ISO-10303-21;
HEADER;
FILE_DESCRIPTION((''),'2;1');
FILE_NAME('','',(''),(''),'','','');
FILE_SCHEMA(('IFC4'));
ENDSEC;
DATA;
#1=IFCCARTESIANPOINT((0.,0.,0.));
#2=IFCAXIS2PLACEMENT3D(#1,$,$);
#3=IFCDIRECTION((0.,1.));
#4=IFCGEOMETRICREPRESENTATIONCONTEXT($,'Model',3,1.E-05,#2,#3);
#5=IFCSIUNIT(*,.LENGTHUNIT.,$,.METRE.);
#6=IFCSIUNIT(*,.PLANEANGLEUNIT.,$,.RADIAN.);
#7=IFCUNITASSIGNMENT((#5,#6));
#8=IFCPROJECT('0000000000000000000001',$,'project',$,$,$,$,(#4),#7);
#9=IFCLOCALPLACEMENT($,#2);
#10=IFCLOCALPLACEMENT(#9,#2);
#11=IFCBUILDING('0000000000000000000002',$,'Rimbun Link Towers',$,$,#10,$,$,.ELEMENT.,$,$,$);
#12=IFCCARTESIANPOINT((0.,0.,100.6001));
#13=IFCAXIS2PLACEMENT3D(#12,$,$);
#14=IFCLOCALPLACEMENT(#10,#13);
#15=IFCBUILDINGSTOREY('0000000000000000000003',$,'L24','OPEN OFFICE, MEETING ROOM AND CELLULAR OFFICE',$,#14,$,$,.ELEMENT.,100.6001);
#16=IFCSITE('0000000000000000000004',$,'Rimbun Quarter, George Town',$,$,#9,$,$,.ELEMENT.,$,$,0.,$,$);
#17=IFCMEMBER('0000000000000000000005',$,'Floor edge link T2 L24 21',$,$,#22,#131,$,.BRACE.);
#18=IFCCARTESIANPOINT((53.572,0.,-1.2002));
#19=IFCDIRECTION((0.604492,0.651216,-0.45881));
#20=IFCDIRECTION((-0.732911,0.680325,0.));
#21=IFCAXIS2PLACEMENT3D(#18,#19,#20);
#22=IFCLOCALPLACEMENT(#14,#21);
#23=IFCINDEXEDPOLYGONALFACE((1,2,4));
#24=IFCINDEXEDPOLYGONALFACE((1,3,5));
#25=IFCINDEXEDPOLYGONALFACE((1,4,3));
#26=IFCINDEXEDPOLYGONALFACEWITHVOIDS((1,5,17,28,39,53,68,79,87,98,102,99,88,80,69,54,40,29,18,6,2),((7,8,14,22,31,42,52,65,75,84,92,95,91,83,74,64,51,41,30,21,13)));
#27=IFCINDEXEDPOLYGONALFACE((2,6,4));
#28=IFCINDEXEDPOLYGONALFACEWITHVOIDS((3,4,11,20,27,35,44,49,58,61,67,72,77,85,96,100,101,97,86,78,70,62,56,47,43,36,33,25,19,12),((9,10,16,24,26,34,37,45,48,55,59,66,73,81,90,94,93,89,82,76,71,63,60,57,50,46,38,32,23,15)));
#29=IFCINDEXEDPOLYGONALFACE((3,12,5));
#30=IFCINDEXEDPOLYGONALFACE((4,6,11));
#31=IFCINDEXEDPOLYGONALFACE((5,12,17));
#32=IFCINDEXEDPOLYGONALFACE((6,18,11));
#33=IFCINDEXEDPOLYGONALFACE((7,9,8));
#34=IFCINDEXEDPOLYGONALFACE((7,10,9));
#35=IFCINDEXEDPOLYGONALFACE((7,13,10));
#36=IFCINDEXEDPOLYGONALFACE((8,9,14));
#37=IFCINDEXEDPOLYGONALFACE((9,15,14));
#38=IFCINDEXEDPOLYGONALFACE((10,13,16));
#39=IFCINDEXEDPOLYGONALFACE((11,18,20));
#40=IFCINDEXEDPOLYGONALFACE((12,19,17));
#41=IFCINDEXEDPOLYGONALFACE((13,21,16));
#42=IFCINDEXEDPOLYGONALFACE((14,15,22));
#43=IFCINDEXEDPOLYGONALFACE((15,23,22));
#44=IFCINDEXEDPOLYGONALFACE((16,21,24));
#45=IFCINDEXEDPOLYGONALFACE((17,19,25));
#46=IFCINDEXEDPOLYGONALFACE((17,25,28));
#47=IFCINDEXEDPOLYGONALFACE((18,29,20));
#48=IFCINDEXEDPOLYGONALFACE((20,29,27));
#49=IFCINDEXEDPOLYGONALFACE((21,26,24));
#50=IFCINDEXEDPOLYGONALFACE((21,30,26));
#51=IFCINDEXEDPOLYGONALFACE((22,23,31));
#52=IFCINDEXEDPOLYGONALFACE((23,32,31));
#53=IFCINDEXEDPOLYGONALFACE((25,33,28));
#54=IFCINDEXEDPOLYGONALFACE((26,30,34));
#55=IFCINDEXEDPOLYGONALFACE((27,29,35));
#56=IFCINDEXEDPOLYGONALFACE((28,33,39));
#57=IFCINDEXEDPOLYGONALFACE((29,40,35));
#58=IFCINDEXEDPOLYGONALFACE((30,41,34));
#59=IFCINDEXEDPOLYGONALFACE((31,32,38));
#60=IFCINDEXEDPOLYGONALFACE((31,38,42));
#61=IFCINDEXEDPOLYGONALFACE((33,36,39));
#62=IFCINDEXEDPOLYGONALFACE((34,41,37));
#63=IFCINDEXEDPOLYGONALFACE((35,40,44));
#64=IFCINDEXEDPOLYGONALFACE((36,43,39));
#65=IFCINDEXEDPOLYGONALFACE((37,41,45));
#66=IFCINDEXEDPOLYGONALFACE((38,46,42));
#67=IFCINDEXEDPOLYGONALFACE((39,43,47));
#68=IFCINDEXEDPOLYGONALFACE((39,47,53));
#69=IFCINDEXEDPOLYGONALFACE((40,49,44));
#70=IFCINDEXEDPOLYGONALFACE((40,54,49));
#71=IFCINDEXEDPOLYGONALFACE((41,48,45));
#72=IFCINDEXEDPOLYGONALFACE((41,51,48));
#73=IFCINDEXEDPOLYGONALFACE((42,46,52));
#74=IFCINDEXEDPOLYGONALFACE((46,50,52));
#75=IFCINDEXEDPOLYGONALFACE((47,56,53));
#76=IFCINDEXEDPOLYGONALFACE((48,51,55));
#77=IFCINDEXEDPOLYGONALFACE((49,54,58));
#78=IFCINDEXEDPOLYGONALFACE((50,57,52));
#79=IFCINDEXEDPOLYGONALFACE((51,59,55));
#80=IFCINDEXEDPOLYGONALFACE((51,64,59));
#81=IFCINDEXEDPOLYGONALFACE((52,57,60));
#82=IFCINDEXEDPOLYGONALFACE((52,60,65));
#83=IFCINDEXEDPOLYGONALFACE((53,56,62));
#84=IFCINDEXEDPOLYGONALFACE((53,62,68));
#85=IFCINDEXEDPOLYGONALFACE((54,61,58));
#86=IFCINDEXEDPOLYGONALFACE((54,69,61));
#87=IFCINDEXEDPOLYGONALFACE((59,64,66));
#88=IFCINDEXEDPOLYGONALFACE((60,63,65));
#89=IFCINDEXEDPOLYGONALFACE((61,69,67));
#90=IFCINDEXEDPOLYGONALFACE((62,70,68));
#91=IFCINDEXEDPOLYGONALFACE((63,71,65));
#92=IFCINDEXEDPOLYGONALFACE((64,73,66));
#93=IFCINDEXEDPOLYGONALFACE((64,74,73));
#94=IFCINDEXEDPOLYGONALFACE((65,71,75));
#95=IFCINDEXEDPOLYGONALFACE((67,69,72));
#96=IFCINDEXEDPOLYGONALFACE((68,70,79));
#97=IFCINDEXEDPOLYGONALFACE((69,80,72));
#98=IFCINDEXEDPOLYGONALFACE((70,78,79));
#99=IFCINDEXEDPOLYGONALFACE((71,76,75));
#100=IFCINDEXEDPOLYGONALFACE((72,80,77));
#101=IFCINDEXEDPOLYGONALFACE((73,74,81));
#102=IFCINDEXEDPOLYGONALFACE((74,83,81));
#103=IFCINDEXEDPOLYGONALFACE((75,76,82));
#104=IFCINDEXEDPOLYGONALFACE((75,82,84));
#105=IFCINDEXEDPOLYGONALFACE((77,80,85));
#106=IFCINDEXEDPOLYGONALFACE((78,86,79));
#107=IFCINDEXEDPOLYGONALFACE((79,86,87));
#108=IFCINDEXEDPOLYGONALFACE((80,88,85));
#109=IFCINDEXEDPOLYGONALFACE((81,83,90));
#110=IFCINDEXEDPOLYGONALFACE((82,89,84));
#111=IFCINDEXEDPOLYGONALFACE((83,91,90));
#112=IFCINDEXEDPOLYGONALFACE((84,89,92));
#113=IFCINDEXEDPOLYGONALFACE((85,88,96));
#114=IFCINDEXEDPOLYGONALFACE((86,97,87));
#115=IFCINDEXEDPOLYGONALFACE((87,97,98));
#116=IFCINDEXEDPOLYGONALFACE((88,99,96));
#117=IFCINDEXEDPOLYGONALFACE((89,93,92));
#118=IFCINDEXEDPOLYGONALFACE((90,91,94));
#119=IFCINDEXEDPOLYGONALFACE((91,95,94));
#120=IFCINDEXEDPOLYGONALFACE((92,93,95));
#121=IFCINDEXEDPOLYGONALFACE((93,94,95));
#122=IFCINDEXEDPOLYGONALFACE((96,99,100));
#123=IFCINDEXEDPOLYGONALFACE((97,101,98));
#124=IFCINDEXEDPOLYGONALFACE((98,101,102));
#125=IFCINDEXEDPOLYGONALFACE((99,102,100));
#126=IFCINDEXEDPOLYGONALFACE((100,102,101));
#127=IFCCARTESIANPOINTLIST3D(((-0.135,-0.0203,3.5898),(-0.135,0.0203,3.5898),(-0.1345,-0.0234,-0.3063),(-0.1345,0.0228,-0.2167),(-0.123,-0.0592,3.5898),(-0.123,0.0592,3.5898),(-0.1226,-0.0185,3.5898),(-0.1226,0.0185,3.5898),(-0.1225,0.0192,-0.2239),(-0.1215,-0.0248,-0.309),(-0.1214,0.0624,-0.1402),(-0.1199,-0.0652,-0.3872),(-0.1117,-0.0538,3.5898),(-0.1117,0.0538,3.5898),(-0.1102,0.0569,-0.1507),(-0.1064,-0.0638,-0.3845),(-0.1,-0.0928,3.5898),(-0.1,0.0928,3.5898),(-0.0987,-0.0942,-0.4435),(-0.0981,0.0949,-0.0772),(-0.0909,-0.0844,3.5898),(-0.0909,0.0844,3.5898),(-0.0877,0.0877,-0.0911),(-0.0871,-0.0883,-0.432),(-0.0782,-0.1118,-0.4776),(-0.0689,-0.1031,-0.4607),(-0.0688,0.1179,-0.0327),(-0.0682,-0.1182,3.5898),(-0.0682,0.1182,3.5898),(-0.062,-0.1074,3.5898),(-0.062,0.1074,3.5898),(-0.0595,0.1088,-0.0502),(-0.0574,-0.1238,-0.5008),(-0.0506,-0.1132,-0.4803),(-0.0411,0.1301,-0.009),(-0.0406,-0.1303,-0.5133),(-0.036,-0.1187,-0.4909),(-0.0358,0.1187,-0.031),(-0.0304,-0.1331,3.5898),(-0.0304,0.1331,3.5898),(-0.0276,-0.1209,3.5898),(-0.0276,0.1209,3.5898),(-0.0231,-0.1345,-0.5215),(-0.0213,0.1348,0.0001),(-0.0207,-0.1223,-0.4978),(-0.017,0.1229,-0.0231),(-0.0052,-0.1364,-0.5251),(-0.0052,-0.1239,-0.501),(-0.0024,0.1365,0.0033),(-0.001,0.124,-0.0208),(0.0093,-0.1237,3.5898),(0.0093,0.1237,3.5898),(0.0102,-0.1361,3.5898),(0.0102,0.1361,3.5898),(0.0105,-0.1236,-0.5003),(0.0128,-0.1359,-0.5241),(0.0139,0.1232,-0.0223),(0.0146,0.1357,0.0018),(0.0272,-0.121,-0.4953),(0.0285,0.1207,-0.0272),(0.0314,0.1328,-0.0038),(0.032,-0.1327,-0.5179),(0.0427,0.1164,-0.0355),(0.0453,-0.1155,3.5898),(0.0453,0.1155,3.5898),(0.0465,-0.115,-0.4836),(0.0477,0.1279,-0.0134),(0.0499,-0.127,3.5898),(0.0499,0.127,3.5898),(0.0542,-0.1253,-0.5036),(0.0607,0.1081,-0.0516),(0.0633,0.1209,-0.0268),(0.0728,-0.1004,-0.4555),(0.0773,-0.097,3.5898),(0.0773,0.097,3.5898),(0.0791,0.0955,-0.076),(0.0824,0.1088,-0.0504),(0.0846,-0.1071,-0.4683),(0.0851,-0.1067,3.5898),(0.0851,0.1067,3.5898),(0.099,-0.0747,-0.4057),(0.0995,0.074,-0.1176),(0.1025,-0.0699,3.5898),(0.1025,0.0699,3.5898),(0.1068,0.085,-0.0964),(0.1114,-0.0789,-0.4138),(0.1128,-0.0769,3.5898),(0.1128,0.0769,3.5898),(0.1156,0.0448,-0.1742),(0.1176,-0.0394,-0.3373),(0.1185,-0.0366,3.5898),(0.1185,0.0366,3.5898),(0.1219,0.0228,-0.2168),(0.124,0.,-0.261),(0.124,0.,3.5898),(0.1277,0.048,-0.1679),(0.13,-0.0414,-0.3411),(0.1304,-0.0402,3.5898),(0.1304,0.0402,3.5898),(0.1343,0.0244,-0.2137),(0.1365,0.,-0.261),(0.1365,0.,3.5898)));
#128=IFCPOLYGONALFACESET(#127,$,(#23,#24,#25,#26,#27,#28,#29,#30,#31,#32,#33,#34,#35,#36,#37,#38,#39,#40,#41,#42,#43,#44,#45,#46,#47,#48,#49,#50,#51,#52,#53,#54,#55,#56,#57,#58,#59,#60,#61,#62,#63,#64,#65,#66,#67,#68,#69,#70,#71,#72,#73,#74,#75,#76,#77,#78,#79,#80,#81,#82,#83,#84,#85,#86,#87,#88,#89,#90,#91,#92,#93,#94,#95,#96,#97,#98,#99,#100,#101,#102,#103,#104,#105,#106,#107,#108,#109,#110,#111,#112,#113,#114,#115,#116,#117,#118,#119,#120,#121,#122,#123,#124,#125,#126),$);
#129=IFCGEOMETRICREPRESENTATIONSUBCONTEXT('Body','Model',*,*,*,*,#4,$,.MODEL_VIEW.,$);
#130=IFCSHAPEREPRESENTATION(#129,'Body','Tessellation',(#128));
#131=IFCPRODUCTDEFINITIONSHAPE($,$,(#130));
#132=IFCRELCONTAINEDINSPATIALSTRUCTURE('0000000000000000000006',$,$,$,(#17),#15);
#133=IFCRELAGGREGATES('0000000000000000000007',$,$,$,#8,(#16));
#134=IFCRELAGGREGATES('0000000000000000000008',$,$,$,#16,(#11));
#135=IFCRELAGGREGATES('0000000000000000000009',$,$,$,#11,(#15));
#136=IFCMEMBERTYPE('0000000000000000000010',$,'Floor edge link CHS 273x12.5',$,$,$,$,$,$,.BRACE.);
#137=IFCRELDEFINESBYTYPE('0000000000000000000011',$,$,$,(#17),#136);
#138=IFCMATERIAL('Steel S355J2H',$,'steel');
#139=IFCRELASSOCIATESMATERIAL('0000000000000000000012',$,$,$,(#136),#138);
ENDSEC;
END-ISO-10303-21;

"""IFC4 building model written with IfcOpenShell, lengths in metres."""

from ifc_helpers import new_model, si_unit, direction, frame, origin, origin_2d, place, context, subcontext, project, spatial, hollow_circle, extrude, clip, halfspace, material, material_profile, profile_set, type_object, element, save


model = new_model("IFC4")

# Units and contexts
model_context = context("Model", 3, precision=1e-05, world=origin(), true_north=direction((0.0, 1.0)))
body_context = subcontext(model_context, "Body", "Model", "MODEL_VIEW")
ifc_project = project(units=[si_unit("LENGTHUNIT", "METRE"), si_unit("PLANEANGLEUNIT", "RADIAN")], contexts=[model_context])

# Site, building, storey
site_placement = place(None, origin())
site = spatial("IfcSite", under=ifc_project, at=site_placement, Name="Rimbun Quarter, George Town", CompositionType="ELEMENT", RefElevation=0.0)
building_placement = place(site_placement, origin())
building = spatial("IfcBuilding", under=site, at=building_placement, Name="Rimbun Link Towers", CompositionType="ELEMENT")
storey_placement = place(building_placement, frame((0.0, 0.0, 100.6001)))
storey = spatial("IfcBuildingStorey", under=building, at=storey_placement, Name="L24", Description="OPEN OFFICE, MEETING ROOM AND CELLULAR OFFICE", CompositionType="ELEMENT", Elevation=100.6001)

# Member
ifc_material_1 = material(Name="Steel S355J2H", Category="steel")
ifc_material_profile_1 = material_profile(ifc_material_1, hollow_circle(Radius=0.1365, WallThickness=0.0125, at=origin_2d()), Name="CHS 273x12.5")
ifc_profile_set_1 = profile_set([ifc_material_profile_1], Name="Steel S355J2H")
member_type_1 = type_object("IfcMemberType", Name="Floor edge link CHS 273x12.5", PredefinedType="BRACE", material=ifc_profile_set_1)
member_1_placement = place(storey_placement, frame((53.572, 0.0, -1.2002), z_axis=(0.604492, 0.651216, -0.45881), x_axis=(-0.732911, 0.680325, 0.0)))
element("IfcMember", 1, at=member_1_placement, inside=storey, type_object=member_type_1, Name="Floor edge link T2 L24 21", PredefinedType="BRACE", context=body_context, shape_type="Clipping", body=[
    clip(extrude(hollow_circle(Radius=0.1365, WallThickness=0.0125, at=origin_2d()), frame((0.0, 0.0, -0.5503)), (0.0, 0.0, 1.0), 4.1401), halfspace(frame((0.0, 0.0, -0.261), z_axis=(0.0, 0.888534, -0.45881)), False)),
])

save(model, "model.ifc")
